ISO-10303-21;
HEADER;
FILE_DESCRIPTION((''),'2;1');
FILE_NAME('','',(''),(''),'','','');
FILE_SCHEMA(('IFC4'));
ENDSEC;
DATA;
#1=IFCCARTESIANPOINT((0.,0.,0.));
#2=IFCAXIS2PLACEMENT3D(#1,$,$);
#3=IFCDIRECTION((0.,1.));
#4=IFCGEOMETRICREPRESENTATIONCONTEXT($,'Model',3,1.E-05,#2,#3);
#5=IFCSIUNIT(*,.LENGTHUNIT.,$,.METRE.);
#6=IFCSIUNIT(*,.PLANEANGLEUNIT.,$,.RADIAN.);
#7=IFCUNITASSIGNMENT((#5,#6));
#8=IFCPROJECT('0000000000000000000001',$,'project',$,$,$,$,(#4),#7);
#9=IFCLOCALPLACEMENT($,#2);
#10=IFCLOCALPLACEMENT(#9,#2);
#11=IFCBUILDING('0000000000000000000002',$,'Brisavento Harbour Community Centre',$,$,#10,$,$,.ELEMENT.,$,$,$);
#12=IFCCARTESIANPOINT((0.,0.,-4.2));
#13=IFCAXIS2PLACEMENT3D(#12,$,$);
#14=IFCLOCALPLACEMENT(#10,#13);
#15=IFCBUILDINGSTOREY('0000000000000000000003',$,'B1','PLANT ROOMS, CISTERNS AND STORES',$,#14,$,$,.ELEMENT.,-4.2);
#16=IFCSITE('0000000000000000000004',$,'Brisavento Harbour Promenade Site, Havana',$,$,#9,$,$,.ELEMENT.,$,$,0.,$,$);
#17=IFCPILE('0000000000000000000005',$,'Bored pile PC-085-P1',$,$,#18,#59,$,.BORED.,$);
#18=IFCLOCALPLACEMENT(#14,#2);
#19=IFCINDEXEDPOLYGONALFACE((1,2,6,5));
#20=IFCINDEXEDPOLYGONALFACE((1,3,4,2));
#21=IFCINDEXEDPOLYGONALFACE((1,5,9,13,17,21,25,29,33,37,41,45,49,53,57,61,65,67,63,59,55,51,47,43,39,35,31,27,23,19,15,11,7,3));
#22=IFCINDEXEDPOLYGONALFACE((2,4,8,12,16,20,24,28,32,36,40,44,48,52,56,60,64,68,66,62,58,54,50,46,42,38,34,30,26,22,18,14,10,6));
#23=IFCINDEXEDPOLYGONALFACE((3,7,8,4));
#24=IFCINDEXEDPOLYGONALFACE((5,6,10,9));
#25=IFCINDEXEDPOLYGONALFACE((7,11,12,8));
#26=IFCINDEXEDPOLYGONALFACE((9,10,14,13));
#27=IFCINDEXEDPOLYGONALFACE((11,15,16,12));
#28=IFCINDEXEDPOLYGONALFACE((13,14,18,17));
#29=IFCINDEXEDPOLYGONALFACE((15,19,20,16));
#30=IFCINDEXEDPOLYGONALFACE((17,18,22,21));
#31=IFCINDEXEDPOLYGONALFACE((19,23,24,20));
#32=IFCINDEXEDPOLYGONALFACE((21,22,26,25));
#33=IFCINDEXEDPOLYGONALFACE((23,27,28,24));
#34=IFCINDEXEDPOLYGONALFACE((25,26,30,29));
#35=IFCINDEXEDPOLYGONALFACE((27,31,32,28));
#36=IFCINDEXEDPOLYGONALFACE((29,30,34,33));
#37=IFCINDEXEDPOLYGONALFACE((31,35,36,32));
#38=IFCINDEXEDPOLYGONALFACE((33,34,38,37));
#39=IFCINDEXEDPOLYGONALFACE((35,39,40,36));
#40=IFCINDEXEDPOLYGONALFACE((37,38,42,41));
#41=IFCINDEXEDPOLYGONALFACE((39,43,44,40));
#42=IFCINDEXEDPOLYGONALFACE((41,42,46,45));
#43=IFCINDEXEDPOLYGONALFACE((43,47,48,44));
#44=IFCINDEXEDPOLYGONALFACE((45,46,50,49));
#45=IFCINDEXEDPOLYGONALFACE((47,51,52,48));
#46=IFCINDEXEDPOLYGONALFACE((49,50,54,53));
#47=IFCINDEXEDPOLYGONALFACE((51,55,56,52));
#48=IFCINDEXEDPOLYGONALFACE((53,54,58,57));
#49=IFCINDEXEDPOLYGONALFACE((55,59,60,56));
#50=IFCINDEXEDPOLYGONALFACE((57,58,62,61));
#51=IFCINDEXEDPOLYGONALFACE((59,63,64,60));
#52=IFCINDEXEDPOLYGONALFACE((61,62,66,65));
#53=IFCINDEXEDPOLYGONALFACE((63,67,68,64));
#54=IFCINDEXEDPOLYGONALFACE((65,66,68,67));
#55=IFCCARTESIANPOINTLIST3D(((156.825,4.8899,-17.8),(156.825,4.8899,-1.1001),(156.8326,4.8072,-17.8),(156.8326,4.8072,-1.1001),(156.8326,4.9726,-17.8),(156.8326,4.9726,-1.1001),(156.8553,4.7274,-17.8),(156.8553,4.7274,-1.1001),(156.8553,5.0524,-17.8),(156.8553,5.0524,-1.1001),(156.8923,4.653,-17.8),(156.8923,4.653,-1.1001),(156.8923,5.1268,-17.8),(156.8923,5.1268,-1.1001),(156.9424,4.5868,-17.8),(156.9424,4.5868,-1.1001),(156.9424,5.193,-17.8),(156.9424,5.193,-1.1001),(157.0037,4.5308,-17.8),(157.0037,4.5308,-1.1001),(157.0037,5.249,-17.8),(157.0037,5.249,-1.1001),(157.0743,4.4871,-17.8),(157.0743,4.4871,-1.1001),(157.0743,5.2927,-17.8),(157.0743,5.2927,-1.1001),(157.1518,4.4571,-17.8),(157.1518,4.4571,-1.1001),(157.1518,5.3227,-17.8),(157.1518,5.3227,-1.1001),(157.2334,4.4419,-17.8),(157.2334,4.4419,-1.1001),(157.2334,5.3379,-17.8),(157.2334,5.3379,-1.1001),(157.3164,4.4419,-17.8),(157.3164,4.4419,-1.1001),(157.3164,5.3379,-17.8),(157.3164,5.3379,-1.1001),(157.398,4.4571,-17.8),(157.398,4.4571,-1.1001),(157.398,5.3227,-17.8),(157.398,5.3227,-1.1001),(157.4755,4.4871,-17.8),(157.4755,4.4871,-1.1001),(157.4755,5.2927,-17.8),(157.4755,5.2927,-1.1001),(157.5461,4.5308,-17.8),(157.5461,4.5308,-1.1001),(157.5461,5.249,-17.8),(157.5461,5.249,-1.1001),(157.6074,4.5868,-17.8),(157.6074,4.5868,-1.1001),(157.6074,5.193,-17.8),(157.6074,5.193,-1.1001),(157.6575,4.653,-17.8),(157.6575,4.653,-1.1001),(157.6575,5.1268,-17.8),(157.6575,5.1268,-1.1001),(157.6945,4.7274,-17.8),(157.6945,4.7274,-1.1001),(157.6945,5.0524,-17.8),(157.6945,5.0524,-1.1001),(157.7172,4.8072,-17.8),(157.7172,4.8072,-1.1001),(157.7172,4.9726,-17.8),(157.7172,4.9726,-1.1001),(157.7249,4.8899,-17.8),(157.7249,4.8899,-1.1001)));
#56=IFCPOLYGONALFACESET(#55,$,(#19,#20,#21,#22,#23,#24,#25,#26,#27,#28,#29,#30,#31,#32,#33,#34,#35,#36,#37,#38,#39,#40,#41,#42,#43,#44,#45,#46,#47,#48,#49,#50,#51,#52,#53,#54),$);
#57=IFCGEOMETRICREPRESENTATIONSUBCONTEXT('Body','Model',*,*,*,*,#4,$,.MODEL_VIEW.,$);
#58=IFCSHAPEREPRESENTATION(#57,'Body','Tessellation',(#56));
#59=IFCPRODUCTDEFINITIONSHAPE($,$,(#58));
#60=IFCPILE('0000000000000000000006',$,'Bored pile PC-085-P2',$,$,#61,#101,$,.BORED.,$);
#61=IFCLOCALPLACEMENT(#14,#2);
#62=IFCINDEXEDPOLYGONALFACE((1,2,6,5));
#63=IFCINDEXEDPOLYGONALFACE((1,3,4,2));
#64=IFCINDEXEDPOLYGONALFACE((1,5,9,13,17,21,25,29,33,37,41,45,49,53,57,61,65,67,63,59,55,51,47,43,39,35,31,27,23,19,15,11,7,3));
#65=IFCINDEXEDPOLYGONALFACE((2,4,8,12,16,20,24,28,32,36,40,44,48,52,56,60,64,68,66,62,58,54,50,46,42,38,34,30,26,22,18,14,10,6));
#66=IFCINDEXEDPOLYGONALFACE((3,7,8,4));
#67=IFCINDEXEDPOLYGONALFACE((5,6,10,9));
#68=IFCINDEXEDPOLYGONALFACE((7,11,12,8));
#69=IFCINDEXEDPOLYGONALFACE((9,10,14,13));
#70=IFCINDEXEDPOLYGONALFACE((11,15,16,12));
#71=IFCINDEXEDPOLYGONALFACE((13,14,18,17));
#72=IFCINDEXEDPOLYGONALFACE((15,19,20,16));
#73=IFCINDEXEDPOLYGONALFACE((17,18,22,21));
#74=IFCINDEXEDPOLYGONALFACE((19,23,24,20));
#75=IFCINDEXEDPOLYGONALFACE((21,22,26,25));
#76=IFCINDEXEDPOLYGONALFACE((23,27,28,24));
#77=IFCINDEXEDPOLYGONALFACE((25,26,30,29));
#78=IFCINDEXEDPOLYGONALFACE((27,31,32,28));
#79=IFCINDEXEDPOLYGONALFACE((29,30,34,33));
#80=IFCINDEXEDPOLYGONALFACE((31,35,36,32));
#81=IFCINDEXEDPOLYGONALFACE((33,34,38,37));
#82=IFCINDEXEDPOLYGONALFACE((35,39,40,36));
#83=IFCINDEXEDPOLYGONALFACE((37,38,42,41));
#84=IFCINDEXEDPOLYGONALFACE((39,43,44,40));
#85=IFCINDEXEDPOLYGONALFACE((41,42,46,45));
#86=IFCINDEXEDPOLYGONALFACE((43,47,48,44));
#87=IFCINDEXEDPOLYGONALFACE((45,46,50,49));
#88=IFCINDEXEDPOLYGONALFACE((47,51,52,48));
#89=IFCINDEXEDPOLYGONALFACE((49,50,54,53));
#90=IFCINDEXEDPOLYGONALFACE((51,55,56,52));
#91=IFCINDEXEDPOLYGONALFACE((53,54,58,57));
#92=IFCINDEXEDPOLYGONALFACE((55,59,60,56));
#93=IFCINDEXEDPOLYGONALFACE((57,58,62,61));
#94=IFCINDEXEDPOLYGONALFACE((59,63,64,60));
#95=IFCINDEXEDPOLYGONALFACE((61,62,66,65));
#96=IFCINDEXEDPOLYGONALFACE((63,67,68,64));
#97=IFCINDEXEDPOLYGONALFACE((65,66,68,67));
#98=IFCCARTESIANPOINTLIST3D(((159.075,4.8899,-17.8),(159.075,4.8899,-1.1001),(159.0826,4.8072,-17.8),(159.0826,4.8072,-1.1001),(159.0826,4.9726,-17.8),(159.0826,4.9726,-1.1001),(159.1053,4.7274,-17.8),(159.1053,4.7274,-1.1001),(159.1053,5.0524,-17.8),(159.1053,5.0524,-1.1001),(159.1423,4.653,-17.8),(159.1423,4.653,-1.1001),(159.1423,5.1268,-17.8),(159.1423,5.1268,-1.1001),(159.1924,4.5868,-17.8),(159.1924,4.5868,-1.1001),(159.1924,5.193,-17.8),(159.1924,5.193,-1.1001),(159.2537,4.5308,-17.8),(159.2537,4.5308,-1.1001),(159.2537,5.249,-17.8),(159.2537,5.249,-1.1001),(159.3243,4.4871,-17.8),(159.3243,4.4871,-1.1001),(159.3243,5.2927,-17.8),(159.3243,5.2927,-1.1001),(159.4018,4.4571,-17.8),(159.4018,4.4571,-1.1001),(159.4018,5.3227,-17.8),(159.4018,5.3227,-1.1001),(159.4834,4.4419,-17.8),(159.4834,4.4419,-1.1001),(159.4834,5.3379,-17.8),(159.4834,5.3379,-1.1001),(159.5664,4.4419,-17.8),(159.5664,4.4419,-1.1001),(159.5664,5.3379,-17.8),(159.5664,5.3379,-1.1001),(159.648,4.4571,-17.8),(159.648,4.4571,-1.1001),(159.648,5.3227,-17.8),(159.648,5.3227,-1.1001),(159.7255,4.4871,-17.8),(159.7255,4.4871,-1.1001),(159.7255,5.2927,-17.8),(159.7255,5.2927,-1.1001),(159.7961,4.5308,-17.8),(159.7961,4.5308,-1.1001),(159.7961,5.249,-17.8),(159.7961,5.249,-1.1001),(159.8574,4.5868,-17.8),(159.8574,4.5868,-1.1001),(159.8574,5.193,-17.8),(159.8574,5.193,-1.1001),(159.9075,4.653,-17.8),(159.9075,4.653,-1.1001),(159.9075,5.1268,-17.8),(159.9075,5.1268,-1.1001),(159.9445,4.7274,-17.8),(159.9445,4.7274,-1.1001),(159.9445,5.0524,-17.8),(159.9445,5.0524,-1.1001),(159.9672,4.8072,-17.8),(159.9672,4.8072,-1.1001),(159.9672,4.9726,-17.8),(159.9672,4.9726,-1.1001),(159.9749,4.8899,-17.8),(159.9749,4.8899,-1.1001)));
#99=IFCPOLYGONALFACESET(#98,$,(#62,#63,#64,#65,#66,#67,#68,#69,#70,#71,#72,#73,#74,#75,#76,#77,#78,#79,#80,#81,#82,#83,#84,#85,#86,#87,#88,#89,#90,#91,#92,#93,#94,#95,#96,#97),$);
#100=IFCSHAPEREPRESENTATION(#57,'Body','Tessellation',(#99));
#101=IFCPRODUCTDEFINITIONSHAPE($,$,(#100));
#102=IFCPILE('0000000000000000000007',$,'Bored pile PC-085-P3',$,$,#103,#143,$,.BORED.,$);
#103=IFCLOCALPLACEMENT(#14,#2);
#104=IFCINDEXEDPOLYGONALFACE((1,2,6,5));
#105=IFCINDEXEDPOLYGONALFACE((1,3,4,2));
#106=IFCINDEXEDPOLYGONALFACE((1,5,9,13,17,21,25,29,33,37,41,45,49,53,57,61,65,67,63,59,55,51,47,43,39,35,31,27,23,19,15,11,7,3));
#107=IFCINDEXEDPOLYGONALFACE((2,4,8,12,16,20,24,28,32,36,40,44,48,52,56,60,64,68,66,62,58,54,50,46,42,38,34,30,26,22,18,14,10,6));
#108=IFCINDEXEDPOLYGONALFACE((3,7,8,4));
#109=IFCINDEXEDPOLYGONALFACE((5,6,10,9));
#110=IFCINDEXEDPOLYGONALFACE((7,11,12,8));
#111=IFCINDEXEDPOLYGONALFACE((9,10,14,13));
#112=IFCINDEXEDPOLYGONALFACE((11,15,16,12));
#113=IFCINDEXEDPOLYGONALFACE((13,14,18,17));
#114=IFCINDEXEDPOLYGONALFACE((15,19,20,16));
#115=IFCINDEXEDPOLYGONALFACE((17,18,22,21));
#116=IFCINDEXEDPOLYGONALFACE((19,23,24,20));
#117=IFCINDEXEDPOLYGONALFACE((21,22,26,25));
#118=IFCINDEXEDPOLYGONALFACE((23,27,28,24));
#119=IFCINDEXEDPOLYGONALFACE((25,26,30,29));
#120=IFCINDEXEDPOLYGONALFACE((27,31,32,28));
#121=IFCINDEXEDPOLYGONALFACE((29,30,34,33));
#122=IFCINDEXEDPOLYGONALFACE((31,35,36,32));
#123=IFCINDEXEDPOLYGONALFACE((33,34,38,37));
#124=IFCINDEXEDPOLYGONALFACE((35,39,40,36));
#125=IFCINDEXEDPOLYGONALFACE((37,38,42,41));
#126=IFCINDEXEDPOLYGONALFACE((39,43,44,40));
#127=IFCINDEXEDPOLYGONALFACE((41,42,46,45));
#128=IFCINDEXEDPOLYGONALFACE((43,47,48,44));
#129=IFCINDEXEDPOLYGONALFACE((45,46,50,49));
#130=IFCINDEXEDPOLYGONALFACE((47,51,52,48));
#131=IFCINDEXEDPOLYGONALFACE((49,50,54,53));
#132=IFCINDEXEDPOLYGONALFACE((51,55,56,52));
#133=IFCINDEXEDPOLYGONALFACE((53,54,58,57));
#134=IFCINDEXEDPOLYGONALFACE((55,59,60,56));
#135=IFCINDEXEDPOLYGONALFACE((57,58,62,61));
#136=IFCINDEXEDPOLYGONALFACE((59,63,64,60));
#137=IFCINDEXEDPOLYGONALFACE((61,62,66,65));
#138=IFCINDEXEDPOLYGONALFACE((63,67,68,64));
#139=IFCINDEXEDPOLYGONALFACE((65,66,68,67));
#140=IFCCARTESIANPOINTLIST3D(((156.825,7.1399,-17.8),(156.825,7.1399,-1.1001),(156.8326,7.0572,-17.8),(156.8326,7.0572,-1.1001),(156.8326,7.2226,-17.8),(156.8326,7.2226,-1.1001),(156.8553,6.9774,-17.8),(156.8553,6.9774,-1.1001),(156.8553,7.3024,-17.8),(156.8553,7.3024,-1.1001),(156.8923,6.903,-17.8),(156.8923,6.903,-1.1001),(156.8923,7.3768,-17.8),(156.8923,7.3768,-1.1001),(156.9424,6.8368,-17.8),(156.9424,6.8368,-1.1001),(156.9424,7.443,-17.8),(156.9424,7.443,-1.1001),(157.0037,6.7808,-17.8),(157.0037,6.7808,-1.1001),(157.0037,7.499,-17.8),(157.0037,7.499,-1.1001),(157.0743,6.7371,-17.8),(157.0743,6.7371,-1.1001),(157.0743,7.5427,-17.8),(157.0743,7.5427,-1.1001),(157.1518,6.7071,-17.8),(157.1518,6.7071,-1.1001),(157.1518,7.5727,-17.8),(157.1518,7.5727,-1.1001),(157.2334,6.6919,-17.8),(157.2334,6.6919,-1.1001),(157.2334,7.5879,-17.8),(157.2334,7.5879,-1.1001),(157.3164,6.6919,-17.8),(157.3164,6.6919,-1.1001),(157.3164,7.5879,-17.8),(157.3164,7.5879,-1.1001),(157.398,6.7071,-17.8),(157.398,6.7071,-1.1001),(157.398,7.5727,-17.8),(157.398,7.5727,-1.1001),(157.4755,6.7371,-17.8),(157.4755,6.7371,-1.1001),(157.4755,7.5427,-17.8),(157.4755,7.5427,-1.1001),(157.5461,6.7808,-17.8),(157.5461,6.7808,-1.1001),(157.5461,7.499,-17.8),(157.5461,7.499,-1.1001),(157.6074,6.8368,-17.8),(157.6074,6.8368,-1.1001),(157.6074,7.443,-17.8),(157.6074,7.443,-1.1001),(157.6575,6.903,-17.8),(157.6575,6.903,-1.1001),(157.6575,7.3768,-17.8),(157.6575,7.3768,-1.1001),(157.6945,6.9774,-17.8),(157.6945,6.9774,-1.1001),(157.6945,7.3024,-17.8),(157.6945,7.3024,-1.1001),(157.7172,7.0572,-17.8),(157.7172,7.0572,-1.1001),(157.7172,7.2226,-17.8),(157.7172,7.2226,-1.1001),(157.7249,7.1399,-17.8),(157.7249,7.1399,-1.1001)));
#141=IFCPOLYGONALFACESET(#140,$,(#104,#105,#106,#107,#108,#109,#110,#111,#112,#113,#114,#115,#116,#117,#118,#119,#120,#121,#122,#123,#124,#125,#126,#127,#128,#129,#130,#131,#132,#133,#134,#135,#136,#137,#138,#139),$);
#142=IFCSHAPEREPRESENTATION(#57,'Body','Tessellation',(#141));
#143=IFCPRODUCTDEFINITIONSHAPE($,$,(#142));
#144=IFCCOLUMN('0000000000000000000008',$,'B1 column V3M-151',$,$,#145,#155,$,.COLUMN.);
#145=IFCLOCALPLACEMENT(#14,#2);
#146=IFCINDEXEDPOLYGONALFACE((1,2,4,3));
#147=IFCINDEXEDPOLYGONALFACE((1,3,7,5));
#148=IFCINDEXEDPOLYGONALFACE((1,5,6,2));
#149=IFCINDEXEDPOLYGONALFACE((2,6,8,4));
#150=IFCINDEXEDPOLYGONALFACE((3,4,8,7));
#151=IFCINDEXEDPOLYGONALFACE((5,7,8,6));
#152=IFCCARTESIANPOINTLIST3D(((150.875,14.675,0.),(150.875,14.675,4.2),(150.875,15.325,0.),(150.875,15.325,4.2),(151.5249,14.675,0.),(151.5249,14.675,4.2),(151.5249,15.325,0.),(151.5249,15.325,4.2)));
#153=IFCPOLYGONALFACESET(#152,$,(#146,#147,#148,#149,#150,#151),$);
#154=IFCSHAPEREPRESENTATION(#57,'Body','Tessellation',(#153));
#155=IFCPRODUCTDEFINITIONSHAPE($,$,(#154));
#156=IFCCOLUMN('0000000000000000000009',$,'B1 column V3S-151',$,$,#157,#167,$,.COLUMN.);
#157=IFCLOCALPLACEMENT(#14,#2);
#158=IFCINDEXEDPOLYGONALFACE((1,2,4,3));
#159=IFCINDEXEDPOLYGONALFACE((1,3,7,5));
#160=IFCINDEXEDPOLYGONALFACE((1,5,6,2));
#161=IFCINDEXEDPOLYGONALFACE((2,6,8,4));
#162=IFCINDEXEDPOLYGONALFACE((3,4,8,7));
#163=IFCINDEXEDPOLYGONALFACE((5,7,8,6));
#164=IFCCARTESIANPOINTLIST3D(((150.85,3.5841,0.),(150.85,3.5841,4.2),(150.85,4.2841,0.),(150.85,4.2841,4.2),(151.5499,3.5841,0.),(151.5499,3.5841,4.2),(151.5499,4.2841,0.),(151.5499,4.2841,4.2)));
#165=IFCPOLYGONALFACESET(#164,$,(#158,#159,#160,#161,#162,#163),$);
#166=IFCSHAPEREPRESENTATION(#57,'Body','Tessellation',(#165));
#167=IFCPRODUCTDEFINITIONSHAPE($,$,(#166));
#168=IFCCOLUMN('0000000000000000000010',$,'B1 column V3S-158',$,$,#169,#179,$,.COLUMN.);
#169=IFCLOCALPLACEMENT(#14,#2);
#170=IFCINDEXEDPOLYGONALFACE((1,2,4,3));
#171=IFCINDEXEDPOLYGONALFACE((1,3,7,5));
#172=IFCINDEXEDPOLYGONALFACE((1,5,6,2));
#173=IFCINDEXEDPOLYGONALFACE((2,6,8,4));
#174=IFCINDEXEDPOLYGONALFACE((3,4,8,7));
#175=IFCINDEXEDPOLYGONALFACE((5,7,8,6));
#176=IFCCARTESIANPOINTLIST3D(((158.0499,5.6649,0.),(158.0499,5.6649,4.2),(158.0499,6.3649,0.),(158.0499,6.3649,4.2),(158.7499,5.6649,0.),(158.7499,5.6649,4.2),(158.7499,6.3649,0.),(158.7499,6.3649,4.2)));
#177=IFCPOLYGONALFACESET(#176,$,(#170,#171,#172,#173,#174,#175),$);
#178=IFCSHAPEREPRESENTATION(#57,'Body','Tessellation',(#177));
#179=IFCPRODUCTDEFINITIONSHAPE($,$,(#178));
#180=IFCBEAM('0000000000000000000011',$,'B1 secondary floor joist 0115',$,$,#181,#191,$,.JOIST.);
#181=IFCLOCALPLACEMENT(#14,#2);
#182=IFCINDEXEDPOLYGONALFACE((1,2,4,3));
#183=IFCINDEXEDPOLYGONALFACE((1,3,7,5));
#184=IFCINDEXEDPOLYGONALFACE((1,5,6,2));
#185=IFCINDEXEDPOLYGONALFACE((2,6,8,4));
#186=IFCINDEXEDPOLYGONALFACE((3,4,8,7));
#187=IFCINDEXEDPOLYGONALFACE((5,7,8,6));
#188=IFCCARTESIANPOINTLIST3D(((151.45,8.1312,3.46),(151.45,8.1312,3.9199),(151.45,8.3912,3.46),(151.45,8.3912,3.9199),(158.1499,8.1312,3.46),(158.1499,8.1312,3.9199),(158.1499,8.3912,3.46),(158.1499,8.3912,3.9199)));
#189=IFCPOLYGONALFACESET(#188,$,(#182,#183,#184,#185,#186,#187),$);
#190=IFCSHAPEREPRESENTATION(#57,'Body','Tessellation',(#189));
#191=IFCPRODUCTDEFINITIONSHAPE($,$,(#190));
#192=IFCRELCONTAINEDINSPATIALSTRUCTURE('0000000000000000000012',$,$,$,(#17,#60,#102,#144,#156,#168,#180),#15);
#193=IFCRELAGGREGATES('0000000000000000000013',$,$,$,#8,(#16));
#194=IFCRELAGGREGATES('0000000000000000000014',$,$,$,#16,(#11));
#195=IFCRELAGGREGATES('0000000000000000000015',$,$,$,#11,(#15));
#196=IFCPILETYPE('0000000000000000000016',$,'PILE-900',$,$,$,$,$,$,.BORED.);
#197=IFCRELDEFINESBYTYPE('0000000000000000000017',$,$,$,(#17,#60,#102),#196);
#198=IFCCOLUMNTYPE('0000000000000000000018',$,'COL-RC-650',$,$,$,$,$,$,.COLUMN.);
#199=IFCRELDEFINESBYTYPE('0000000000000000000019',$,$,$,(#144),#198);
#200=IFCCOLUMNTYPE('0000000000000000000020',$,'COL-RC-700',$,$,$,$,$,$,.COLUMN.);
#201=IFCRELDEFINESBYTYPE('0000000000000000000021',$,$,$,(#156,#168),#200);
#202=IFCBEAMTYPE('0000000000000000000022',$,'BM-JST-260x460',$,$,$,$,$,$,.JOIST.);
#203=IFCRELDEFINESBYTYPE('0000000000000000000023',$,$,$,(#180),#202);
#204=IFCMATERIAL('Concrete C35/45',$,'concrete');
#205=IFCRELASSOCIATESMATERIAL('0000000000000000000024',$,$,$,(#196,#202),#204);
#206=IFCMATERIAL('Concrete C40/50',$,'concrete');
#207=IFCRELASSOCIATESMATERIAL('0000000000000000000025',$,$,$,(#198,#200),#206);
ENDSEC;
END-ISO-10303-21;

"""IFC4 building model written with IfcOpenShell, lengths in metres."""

from ifc_helpers import new_model, si_unit, direction, frame, origin, origin_2d, place, context, subcontext, project, spatial, rectangle, circle, extrude, material, material_profile, profile_set, type_object, element, save


model = new_model("IFC4")

# Units and contexts
model_context = context("Model", 3, precision=1e-05, world=origin(), true_north=direction((0.0, 1.0)))
body_context = subcontext(model_context, "Body", "Model", "MODEL_VIEW")
ifc_project = project(units=[si_unit("LENGTHUNIT", "METRE"), si_unit("PLANEANGLEUNIT", "RADIAN")], contexts=[model_context])

# Site, building, storey
site_placement = place(None, origin())
site = spatial("IfcSite", under=ifc_project, at=site_placement, Name="Brisavento Harbour Promenade Site, Havana", CompositionType="ELEMENT", RefElevation=0.0)
building_placement = place(site_placement, origin())
building = spatial("IfcBuilding", under=site, at=building_placement, Name="Brisavento Harbour Community Centre", CompositionType="ELEMENT")
storey_placement = place(building_placement, frame((0.0, 0.0, -4.2)))
storey = spatial("IfcBuildingStorey", under=building, at=storey_placement, Name="B1", Description="PLANT ROOMS, CISTERNS AND STORES", CompositionType="ELEMENT", Elevation=-4.2)

# Shared definitions
ifc_material_1 = material(Name="Concrete C35/45", Category="concrete")

# Piles
ifc_material_profile_1 = material_profile(ifc_material_1, circle(Radius=0.45, at=origin_2d()), Name="Concrete C35/45")
ifc_profile_set_1 = profile_set([ifc_material_profile_1], Name="Concrete C35/45")
pile_type = type_object("IfcPileType", Name="PILE-900", PredefinedType="BORED", material=ifc_profile_set_1)
for number, where, z_axis, x_axis, name in (
    (1, (157.2749, 4.8899, -1.1001), (0.0, 0.0, -1.0), (1.0, 0.0, 0.0), "Bored pile PC-085-P1"),
    (2, (159.5249, 4.8899, -1.1001), (0.0, 0.0, -1.0), (1.0, 0.0, 0.0), "Bored pile PC-085-P2"),
    (3, (157.2749, 7.1399, -1.1001), (0.0, 0.0, -1.0), (1.0, 0.0, 0.0), "Bored pile PC-085-P3"),
):
    element("IfcPile", number, at=place(storey_placement, frame(where, z_axis=z_axis, x_axis=x_axis)), inside=storey, type_object=pile_type, Name=name, PredefinedType="BORED", context=body_context, shape_type="SweptSolid", body=[
        extrude(circle(Radius=0.45, at=origin_2d()), origin(), (0.0, 0.0, 1.0), 16.7),
    ])

# Columns
ifc_material_2 = material(Name="Concrete C40/50", Category="concrete")
ifc_material_profile_2 = material_profile(ifc_material_2, rectangle(XDim=0.6499, YDim=0.6499, at=origin_2d()), Name="Concrete C40/50")
ifc_profile_set_2 = profile_set([ifc_material_profile_2], Name="Concrete C40/50")
column_type_1 = type_object("IfcColumnType", Name="COL-RC-650", PredefinedType="COLUMN", material=ifc_profile_set_2)
column_placement = place(storey_placement, frame((151.2, 15.0, 0.0), z_axis=(0.0, 0.0, 1.0), x_axis=(1.0, 0.0, 0.0)))
element("IfcColumn", 4, at=column_placement, inside=storey, type_object=column_type_1, Name="B1 column V3M-151", PredefinedType="COLUMN", context=body_context, shape_type="SweptSolid", body=[
    extrude(rectangle(XDim=0.6499, YDim=0.6499, at=origin_2d()), origin(), (0.0, 0.0, 1.0), 4.2),
])
ifc_material_profile_3 = material_profile(ifc_material_2, rectangle(XDim=0.7, YDim=0.7, at=origin_2d()), Name="Concrete C40/50")
ifc_profile_set_3 = profile_set([ifc_material_profile_3], Name="Concrete C40/50")
column_type_2 = type_object("IfcColumnType", Name="COL-RC-700", PredefinedType="COLUMN", material=ifc_profile_set_3)
for number, where, z_axis, x_axis, name in (
    (5, (151.2, 3.9341, 0.0), (0.0, 0.0, 1.0), (1.0, 0.0, 0.0), "B1 column V3S-151"),
    (6, (158.3999, 6.0149, 0.0), (0.0, 0.0, 1.0), (1.0, 0.0, 0.0), "B1 column V3S-158"),
):
    element("IfcColumn", number, at=place(storey_placement, frame(where, z_axis=z_axis, x_axis=x_axis)), inside=storey, type_object=column_type_2, Name=name, PredefinedType="COLUMN", context=body_context, shape_type="SweptSolid", body=[
        extrude(rectangle(XDim=0.7, YDim=0.7, at=origin_2d()), origin(), (0.0, 0.0, 1.0), 4.2),
    ])

# Beam
ifc_material_profile_4 = material_profile(ifc_material_1, rectangle(XDim=0.26, YDim=0.46, at=origin_2d()), Name="Concrete C35/45")
ifc_profile_set_4 = profile_set([ifc_material_profile_4], Name="Concrete C35/45")
beam_type_1 = type_object("IfcBeamType", Name="BM-JST-260x460", PredefinedType="JOIST", material=ifc_profile_set_4)
beam_1_placement = place(storey_placement, frame((151.45, 8.2612, 3.6899), z_axis=(1.0, 0.0, 0.0), x_axis=(0.0, 1.0, 0.0)))
element("IfcBeam", 7, at=beam_1_placement, inside=storey, type_object=beam_type_1, Name="B1 secondary floor joist 0115", PredefinedType="JOIST", context=body_context, shape_type="SweptSolid", body=[
    extrude(rectangle(XDim=0.26, YDim=0.46, at=origin_2d()), origin(), (0.0, 0.0, 1.0), 6.7),
])

save(model, "model.ifc")
